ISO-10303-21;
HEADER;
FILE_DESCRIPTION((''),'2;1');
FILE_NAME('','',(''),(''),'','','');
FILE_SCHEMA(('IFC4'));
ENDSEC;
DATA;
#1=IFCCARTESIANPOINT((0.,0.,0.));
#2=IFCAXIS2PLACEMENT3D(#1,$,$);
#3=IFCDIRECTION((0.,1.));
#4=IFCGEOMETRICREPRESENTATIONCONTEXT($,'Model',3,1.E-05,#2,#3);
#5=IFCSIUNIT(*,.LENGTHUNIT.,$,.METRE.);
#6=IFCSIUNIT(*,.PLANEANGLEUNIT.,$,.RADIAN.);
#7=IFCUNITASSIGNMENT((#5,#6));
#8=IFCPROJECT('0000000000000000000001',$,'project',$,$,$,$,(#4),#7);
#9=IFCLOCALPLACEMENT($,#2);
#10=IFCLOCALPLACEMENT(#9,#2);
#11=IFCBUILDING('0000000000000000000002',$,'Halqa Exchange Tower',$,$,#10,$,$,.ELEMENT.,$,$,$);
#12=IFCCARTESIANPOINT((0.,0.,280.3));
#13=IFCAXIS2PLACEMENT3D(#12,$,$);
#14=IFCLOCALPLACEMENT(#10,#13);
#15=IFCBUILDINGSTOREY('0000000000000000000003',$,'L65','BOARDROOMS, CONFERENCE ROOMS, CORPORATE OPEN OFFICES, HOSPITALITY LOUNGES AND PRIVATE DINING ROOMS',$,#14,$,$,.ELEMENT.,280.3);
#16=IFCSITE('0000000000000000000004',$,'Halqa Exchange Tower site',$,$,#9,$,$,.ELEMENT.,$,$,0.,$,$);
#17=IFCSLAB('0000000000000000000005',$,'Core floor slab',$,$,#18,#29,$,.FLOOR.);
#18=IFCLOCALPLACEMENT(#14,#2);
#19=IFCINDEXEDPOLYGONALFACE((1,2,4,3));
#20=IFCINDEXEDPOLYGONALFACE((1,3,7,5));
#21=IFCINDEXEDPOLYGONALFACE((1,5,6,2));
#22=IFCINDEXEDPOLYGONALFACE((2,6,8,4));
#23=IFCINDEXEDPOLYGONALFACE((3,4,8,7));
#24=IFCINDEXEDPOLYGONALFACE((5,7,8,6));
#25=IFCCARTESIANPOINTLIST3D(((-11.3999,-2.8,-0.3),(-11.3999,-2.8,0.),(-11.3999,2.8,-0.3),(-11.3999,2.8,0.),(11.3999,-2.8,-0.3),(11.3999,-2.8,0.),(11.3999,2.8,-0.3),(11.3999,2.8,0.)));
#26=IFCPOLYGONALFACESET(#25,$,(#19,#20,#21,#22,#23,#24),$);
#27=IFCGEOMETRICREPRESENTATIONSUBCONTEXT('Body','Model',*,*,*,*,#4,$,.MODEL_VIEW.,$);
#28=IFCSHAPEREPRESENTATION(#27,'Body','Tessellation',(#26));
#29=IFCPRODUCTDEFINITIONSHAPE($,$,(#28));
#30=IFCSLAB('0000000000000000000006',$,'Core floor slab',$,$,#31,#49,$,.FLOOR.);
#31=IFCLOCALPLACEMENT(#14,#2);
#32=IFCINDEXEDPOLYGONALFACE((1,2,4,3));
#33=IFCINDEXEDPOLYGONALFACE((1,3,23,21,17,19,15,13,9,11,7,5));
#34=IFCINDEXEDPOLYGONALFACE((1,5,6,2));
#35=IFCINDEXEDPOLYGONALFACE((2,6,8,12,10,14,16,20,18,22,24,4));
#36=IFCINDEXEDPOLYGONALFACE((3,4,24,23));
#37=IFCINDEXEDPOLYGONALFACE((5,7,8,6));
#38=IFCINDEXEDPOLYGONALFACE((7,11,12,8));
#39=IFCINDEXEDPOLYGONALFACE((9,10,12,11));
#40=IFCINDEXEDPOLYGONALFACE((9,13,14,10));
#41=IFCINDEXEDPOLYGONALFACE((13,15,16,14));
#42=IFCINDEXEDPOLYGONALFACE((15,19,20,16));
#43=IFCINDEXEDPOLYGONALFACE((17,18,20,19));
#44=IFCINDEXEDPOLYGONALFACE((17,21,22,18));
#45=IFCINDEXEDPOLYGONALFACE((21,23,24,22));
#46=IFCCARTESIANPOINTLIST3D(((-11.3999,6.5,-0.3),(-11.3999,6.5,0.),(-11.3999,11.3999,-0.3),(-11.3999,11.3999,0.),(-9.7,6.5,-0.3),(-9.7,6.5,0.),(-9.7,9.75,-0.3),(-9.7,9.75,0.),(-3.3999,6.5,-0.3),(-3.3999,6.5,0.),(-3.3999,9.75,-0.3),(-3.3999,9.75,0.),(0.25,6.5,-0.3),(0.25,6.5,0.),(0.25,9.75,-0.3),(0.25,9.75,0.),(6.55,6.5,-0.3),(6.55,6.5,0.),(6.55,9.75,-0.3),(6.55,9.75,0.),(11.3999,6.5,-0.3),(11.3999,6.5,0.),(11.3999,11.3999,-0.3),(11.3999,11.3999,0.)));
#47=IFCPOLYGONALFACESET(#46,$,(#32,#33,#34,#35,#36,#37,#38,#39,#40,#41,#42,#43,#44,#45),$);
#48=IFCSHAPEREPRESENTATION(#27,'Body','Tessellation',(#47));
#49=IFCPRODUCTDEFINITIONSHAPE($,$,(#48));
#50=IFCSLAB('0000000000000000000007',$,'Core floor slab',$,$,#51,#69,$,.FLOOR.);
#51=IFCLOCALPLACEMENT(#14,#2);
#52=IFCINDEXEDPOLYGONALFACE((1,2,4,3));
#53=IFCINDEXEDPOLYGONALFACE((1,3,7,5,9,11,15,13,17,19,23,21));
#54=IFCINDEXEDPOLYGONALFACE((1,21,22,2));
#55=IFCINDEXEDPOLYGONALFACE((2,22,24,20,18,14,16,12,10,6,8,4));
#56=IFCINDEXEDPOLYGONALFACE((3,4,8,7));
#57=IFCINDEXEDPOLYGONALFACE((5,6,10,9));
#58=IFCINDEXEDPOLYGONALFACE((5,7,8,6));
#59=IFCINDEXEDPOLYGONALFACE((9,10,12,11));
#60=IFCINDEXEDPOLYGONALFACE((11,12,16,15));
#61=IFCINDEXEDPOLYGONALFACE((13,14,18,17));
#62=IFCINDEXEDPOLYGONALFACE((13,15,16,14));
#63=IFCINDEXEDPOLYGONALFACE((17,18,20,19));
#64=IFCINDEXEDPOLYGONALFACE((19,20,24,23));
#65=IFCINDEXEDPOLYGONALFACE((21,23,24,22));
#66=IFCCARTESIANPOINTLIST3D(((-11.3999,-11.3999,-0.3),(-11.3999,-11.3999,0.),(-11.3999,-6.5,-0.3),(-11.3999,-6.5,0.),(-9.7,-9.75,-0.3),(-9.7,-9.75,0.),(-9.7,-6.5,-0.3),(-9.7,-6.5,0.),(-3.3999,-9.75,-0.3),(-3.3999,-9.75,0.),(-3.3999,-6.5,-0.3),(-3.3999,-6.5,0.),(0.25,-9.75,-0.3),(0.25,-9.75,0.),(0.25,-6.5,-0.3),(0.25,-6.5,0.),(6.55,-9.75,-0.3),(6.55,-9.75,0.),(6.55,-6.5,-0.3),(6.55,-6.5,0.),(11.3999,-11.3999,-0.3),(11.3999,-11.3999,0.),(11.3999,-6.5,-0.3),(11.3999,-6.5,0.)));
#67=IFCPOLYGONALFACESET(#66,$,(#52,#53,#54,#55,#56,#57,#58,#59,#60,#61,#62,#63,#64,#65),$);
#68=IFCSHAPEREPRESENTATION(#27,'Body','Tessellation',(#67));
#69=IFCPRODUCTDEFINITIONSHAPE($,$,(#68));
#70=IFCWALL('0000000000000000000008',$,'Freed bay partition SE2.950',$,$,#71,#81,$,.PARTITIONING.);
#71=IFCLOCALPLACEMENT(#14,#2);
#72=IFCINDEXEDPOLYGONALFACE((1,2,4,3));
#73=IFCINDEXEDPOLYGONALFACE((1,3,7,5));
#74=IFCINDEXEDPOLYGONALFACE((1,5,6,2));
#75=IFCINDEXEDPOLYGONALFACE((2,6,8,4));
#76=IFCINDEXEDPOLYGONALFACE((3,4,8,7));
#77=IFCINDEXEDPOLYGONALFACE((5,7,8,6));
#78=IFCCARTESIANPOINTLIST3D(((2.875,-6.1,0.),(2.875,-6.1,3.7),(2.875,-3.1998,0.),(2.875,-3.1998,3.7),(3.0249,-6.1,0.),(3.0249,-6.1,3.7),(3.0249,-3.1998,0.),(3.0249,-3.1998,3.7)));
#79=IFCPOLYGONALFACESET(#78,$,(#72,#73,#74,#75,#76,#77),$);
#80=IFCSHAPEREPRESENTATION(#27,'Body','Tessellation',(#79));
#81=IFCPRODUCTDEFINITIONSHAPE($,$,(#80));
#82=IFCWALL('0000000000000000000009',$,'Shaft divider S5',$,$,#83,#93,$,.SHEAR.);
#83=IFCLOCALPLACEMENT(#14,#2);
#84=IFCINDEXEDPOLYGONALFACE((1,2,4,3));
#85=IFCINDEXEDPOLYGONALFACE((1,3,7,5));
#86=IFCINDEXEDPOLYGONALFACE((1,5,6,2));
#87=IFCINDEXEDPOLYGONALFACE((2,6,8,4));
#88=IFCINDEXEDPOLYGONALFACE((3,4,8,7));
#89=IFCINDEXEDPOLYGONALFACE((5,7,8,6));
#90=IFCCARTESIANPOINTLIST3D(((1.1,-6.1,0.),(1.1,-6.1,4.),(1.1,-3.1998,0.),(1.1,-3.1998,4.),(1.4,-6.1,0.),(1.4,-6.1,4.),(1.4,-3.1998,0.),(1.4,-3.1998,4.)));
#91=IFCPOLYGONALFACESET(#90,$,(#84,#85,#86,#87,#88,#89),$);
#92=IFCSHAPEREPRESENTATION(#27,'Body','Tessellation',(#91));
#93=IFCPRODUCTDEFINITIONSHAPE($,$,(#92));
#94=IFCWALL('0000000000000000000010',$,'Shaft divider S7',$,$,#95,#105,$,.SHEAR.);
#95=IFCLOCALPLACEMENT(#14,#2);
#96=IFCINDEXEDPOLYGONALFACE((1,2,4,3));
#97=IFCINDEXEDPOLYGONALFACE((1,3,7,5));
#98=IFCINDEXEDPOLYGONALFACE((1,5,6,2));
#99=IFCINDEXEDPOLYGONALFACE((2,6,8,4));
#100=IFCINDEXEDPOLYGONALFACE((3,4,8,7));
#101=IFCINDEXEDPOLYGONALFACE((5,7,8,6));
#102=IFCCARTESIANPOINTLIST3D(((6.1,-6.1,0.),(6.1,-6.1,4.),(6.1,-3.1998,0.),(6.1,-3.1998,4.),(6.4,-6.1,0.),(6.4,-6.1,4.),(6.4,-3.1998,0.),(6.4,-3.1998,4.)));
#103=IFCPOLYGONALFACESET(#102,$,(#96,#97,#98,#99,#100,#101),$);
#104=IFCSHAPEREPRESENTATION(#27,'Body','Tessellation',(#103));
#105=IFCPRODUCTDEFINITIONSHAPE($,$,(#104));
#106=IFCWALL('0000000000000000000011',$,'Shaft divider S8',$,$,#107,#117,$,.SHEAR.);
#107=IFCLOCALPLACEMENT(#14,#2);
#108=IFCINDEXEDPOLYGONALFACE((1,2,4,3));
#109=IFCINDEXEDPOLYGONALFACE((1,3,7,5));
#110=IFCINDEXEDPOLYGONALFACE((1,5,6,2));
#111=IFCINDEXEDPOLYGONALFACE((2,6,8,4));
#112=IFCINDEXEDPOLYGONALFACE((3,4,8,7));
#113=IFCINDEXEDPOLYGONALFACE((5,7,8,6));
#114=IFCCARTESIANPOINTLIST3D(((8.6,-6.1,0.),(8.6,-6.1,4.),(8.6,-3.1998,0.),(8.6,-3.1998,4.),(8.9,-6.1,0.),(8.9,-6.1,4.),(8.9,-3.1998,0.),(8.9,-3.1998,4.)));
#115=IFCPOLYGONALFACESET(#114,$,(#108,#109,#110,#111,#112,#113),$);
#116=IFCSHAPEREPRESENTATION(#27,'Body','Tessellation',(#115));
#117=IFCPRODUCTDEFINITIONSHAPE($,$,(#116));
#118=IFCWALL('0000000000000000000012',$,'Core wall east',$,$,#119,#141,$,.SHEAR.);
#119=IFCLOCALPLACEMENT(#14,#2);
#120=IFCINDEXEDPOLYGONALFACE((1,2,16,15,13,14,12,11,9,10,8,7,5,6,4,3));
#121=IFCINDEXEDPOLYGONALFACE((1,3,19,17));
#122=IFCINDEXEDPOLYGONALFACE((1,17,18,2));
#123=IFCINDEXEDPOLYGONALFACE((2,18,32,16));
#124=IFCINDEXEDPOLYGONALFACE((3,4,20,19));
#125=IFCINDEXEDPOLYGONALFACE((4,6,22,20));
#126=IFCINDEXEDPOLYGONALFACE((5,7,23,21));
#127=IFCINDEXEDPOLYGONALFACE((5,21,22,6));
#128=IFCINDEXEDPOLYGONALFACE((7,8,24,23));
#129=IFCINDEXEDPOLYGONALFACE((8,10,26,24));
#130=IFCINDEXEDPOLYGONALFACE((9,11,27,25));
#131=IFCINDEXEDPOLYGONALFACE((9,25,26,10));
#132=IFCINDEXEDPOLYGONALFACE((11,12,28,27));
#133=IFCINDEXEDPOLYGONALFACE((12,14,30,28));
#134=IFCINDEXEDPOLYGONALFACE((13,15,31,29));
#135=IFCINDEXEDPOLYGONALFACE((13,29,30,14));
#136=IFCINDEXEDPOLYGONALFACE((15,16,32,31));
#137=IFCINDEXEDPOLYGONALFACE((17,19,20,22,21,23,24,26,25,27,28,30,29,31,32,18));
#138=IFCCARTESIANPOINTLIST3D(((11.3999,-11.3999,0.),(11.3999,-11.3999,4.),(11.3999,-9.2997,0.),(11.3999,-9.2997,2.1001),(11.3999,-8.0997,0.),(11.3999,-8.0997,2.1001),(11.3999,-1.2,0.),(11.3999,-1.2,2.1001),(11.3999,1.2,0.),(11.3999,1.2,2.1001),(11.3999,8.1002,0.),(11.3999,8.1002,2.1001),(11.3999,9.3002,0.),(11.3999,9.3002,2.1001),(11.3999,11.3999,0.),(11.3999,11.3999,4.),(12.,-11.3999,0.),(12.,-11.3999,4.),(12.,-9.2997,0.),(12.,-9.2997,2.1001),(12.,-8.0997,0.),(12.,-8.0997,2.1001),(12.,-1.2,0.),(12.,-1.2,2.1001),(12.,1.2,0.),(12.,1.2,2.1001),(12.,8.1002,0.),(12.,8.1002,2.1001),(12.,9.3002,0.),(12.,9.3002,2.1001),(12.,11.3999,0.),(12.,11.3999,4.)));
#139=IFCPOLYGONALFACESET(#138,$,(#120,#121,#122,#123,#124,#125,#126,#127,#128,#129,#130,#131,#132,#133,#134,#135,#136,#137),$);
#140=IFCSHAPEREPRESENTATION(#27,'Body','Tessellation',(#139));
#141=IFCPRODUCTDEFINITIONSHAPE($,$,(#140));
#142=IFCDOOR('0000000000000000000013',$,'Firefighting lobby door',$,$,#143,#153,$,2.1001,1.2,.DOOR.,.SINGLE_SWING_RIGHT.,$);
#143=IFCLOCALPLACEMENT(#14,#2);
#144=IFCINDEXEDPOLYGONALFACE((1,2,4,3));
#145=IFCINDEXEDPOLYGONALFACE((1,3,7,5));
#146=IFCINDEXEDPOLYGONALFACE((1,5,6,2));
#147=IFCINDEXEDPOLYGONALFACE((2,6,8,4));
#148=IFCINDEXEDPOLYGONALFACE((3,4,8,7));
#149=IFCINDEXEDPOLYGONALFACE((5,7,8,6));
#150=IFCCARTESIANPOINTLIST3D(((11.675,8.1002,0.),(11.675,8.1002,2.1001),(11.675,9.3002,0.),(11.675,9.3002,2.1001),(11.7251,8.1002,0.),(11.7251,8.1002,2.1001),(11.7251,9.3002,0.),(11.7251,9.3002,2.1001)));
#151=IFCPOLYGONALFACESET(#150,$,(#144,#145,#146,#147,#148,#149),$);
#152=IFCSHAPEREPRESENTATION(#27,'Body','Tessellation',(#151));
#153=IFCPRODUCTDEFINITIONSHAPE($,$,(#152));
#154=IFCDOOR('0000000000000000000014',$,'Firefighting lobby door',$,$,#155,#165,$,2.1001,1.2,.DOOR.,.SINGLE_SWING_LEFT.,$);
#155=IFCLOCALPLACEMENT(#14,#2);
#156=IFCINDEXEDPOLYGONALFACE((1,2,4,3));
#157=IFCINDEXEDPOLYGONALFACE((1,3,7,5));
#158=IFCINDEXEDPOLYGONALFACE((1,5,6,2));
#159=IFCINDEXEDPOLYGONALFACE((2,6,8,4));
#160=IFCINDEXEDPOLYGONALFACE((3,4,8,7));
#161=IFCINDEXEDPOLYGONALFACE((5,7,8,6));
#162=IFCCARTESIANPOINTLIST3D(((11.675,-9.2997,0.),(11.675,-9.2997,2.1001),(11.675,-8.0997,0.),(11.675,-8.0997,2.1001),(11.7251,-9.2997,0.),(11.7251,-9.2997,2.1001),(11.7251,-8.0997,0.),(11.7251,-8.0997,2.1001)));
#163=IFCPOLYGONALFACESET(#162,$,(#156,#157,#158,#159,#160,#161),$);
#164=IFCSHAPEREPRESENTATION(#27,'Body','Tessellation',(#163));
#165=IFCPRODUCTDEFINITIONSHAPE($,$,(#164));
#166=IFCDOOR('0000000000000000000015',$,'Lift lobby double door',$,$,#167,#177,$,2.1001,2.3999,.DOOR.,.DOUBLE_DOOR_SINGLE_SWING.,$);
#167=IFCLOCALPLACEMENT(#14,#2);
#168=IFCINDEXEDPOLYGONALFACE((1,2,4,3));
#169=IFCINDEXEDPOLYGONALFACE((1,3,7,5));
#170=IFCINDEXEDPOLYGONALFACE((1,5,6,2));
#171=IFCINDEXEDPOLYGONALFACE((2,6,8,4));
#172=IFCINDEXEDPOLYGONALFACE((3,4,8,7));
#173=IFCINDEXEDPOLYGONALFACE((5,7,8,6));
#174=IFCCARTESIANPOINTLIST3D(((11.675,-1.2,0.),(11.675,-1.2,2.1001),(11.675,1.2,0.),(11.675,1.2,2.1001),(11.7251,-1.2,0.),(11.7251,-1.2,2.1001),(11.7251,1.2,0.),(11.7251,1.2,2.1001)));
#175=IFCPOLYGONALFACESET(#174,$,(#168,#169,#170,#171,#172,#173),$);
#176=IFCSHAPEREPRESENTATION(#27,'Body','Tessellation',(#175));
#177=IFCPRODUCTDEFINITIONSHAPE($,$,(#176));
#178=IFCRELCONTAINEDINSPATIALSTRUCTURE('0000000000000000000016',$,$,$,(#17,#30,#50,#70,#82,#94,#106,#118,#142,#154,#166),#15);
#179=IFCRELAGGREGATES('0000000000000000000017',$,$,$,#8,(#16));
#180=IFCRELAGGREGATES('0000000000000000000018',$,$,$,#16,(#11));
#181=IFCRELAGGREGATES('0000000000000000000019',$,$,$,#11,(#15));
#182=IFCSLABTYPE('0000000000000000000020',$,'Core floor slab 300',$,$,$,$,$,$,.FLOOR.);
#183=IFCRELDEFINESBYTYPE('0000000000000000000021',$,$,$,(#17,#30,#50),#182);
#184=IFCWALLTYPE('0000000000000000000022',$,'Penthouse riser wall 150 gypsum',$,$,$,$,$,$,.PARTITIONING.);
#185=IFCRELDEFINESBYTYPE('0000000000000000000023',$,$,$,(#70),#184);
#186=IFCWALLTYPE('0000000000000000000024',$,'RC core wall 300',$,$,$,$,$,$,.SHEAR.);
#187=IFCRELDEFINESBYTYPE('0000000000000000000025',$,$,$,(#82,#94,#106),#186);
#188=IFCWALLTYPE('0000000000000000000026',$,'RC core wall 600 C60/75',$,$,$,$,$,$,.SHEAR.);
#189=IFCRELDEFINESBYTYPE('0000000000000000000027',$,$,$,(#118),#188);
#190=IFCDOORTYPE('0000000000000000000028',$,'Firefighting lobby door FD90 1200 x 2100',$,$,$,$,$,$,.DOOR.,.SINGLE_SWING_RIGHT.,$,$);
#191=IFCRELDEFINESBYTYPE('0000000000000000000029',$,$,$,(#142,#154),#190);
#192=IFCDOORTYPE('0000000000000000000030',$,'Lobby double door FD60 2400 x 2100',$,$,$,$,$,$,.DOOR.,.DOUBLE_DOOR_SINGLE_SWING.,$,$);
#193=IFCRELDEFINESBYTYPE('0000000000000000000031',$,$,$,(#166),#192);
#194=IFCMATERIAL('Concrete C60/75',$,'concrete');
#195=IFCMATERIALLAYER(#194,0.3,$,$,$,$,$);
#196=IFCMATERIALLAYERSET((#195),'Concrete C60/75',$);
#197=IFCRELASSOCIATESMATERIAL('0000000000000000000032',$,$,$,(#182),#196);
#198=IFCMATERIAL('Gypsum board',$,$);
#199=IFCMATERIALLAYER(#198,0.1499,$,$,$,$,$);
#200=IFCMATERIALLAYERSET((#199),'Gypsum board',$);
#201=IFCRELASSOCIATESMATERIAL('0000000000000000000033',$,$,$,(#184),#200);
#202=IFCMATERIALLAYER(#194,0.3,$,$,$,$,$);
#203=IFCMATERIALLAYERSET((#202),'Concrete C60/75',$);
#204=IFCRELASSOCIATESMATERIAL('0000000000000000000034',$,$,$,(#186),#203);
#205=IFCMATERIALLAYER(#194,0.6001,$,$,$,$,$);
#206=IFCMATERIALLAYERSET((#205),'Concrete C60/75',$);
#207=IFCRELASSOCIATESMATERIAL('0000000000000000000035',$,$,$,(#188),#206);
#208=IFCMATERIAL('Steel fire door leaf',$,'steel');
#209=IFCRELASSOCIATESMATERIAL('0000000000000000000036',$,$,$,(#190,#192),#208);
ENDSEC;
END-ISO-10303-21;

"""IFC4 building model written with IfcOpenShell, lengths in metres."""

from ifc_helpers import new_model, si_unit, direction, frame, frame_2d, origin, place, context, subcontext, project, spatial, polyline, rectangle, outline, extrude, material, layer, layer_set, type_object, element, fill, save


model = new_model("IFC4")

# Units and contexts
model_context = context("Model", 3, precision=1e-05, world=origin(), true_north=direction((0.0, 1.0)))
body_context = subcontext(model_context, "Body", "Model", "MODEL_VIEW")
ifc_project = project(units=[si_unit("LENGTHUNIT", "METRE"), si_unit("PLANEANGLEUNIT", "RADIAN")], contexts=[model_context])

# Site, building, storey
site_placement = place(None, origin())
site = spatial("IfcSite", under=ifc_project, at=site_placement, Name="Halqa Exchange Tower site", CompositionType="ELEMENT", RefElevation=0.0)
building_placement = place(site_placement, origin())
building = spatial("IfcBuilding", under=site, at=building_placement, Name="Halqa Exchange Tower", CompositionType="ELEMENT")
storey_placement = place(building_placement, frame((0.0, 0.0, 280.3)))
storey = spatial("IfcBuildingStorey", under=building, at=storey_placement, Name="L65", Description="BOARDROOMS, CONFERENCE ROOMS, CORPORATE OPEN OFFICES, HOSPITALITY LOUNGES AND PRIVATE DINING ROOMS", CompositionType="ELEMENT", Elevation=280.3)

# Slabs
ifc_material_1 = material(Name="Concrete C60/75", Category="concrete")
ifc_layer_1 = layer(ifc_material_1, 0.3)
ifc_layer_set_1 = layer_set([ifc_layer_1], Name="Concrete C60/75")
slab_type = type_object("IfcSlabType", Name="Core floor slab 300", PredefinedType="FLOOR", material=ifc_layer_set_1)
slab_1_placement = place(storey_placement, frame((0.0, 0.0, -0.3)))
element("IfcSlab", 1, at=slab_1_placement, inside=storey, type_object=slab_type, Name="Core floor slab", PredefinedType="FLOOR", context=body_context, shape_type="SweptSolid", body=[
    extrude(outline(polyline([(-11.3999, 2.8), (11.3999, 2.8), (11.3999, -2.8), (-11.3999, -2.8), (-11.3999, 2.8)])), origin(), (0.0, 0.0, 1.0), 0.3),
])
slab_2_placement = place(storey_placement, frame((0.0, 0.0, -0.3)))
element("IfcSlab", 2, at=slab_2_placement, inside=storey, type_object=slab_type, Name="Core floor slab", PredefinedType="FLOOR", context=body_context, shape_type="SweptSolid", body=[
    extrude(outline(polyline([(-11.3999, 11.3999), (11.3999, 11.3999), (11.3999, 6.5), (6.55, 6.5), (6.55, 9.75), (0.25, 9.75), (0.25, 6.5), (-3.3999, 6.5), (-3.3999, 9.75), (-9.7, 9.75), (-9.7, 6.5), (-11.3999, 6.5), (-11.3999, 11.3999)])), origin(), (0.0, 0.0, 1.0), 0.3),
])
slab_3_placement = place(storey_placement, frame((0.0, 0.0, -0.3)))
element("IfcSlab", 3, at=slab_3_placement, inside=storey, type_object=slab_type, Name="Core floor slab", PredefinedType="FLOOR", context=body_context, shape_type="SweptSolid", body=[
    extrude(outline(polyline([(-11.3999, -6.5), (-9.7, -6.5), (-9.7, -9.75), (-3.3999, -9.75), (-3.3999, -6.5), (0.25, -6.5), (0.25, -9.75), (6.55, -9.75), (6.55, -6.5), (11.3999, -6.5), (11.3999, -11.3999), (-11.3999, -11.3999), (-11.3999, -6.5)])), origin(), (0.0, 0.0, 1.0), 0.3),
])

# Walls
ifc_material_2 = material(Name="Gypsum board")
ifc_layer_2 = layer(ifc_material_2, 0.1499)
ifc_layer_set_2 = layer_set([ifc_layer_2], Name="Gypsum board")
wall_type_1 = type_object("IfcWallType", Name="Penthouse riser wall 150 gypsum", PredefinedType="PARTITIONING", material=ifc_layer_set_2)
wall_1_placement = place(storey_placement, frame((2.95, -6.1001, 0.0), z_axis=(0.0, 0.0, 1.0), x_axis=(0.0, 1.0, 0.0)))
element("IfcWall", 4, at=wall_1_placement, inside=storey, type_object=wall_type_1, Name="Freed bay partition SE2.950", PredefinedType="PARTITIONING", context=body_context, shape_type="SweptSolid", body=[
    extrude(rectangle(XDim=2.9001, YDim=0.1499, at=frame_2d((1.4502, 0.0))), origin(), (0.0, 0.0, 1.0), 3.7),
])
ifc_layer_3 = layer(ifc_material_1, 0.3)
ifc_layer_set_3 = layer_set([ifc_layer_3], Name="Concrete C60/75")
wall_type_2 = type_object("IfcWallType", Name="RC core wall 300", PredefinedType="SHEAR", material=ifc_layer_set_3)
for number, where, z_axis, x_axis, name in (
    (5, (1.25, -6.1001, 0.0), (0.0, 0.0, 1.0), (0.0, 1.0, 0.0), "Shaft divider S5"),
    (6, (6.25, -6.1001, 0.0), (0.0, 0.0, 1.0), (0.0, 1.0, 0.0), "Shaft divider S7"),
    (7, (8.75, -6.1001, 0.0), (0.0, 0.0, 1.0), (0.0, 1.0, 0.0), "Shaft divider S8"),
):
    element("IfcWall", number, at=place(storey_placement, frame(where, z_axis=z_axis, x_axis=x_axis)), inside=storey, type_object=wall_type_2, Name=name, PredefinedType="SHEAR", context=body_context, shape_type="SweptSolid", body=[
        extrude(rectangle(XDim=2.9001, YDim=0.3, at=frame_2d((1.4502, 0.0))), origin(), (0.0, 0.0, 1.0), 4.0),
    ])

# Wall, openings, doors
ifc_layer_4 = layer(ifc_material_1, 0.6001)
ifc_layer_set_4 = layer_set([ifc_layer_4], Name="Concrete C60/75")
wall_type_3 = type_object("IfcWallType", Name="RC core wall 600 C60/75", PredefinedType="SHEAR", material=ifc_layer_set_4)
wall_2_placement = place(storey_placement, frame((11.7, -11.3999, 0.0), z_axis=(0.0, 0.0, 1.0), x_axis=(0.0, 1.0, 0.0)))
wall_2 = element("IfcWall", 8, at=wall_2_placement, inside=storey, type_object=wall_type_3, Name="Core wall east", PredefinedType="SHEAR", context=body_context, shape_type="SweptSolid", body=[
    extrude(rectangle(XDim=22.7998, YDim=0.6001, at=frame_2d((11.3999, 0.0))), origin(), (0.0, 0.0, 1.0), 4.0),
])
opening_1_placement = place(wall_2_placement, frame((10.2, 0.0, 0.0)))
opening_1 = element("IfcOpeningElement", 9, at=opening_1_placement, cuts=wall_2, PredefinedType="OPENING", context=body_context, shape_type="SweptSolid", body=[
    extrude(rectangle(XDim=2.3999, YDim=2.1001, at=frame_2d((1.2, 1.05))), frame((0.0, 0.312, 0.0), z_axis=(0.0, -1.0, 0.0), x_axis=(1.0, 0.0, 0.0)), (0.0, 0.0, 1.0), 0.624),
])
opening_2_placement = place(wall_2_placement, frame((19.5, 0.0, 0.0)))
opening_2 = element("IfcOpeningElement", 10, at=opening_2_placement, cuts=wall_2, PredefinedType="OPENING", context=body_context, shape_type="SweptSolid", body=[
    extrude(rectangle(XDim=1.2, YDim=2.1001, at=frame_2d((0.6001, 1.05))), frame((0.0, 0.312, 0.0), z_axis=(0.0, -1.0, 0.0), x_axis=(1.0, 0.0, 0.0)), (0.0, 0.0, 1.0), 0.624),
])
opening_3_placement = place(wall_2_placement, frame((2.1001, 0.0, 0.0)))
opening_3 = element("IfcOpeningElement", 11, at=opening_3_placement, cuts=wall_2, PredefinedType="OPENING", context=body_context, shape_type="SweptSolid", body=[
    extrude(rectangle(XDim=1.2, YDim=2.1001, at=frame_2d((0.6001, 1.05))), frame((0.0, 0.312, 0.0), z_axis=(0.0, -1.0, 0.0), x_axis=(1.0, 0.0, 0.0)), (0.0, 0.0, 1.0), 0.624),
])
ifc_material_3 = material(Name="Steel fire door leaf", Category="steel")
door_type_1 = type_object("IfcDoorType", Name="Firefighting lobby door FD90 1200 x 2100", OperationType="SINGLE_SWING_RIGHT", PredefinedType="DOOR", material=ifc_material_3)
door_1_placement = place(opening_2_placement, origin())
door_1 = element("IfcDoor", 12, at=door_1_placement, inside=storey, type_object=door_type_1, Name="Firefighting lobby door", OperationType="SINGLE_SWING_RIGHT", OverallHeight=2.1001, OverallWidth=1.2, PredefinedType="DOOR", context=body_context, shape_type="SweptSolid", body=[
    extrude(rectangle(XDim=1.2, YDim=2.1001, at=frame_2d((0.6001, 1.05))), frame((0.0, 0.0249, 0.0), z_axis=(0.0, -1.0, 0.0), x_axis=(1.0, 0.0, 0.0)), (0.0, 0.0, 1.0), 0.05),
])
fill(opening_2, door_1)
door_2_placement = place(opening_3_placement, origin())
door_2 = element("IfcDoor", 13, at=door_2_placement, inside=storey, type_object=door_type_1, Name="Firefighting lobby door", OperationType="SINGLE_SWING_LEFT", OverallHeight=2.1001, OverallWidth=1.2, PredefinedType="DOOR", context=body_context, shape_type="SweptSolid", body=[
    extrude(rectangle(XDim=1.2, YDim=2.1001, at=frame_2d((0.6001, 1.05))), frame((0.0, 0.0249, 0.0), z_axis=(0.0, -1.0, 0.0), x_axis=(1.0, 0.0, 0.0)), (0.0, 0.0, 1.0), 0.05),
])
fill(opening_3, door_2)
door_type_2 = type_object("IfcDoorType", Name="Lobby double door FD60 2400 x 2100", OperationType="DOUBLE_DOOR_SINGLE_SWING", PredefinedType="DOOR", material=ifc_material_3)
door_3_placement = place(opening_1_placement, origin())
door_3 = element("IfcDoor", 14, at=door_3_placement, inside=storey, type_object=door_type_2, Name="Lift lobby double door", OperationType="DOUBLE_DOOR_SINGLE_SWING", OverallHeight=2.1001, OverallWidth=2.3999, PredefinedType="DOOR", context=body_context, shape_type="SweptSolid", body=[
    extrude(rectangle(XDim=2.3999, YDim=2.1001, at=frame_2d((1.2, 1.05))), frame((0.0, 0.0249, 0.0), z_axis=(0.0, -1.0, 0.0), x_axis=(1.0, 0.0, 0.0)), (0.0, 0.0, 1.0), 0.05),
])
fill(opening_1, door_3)

save(model, "model.ifc")
